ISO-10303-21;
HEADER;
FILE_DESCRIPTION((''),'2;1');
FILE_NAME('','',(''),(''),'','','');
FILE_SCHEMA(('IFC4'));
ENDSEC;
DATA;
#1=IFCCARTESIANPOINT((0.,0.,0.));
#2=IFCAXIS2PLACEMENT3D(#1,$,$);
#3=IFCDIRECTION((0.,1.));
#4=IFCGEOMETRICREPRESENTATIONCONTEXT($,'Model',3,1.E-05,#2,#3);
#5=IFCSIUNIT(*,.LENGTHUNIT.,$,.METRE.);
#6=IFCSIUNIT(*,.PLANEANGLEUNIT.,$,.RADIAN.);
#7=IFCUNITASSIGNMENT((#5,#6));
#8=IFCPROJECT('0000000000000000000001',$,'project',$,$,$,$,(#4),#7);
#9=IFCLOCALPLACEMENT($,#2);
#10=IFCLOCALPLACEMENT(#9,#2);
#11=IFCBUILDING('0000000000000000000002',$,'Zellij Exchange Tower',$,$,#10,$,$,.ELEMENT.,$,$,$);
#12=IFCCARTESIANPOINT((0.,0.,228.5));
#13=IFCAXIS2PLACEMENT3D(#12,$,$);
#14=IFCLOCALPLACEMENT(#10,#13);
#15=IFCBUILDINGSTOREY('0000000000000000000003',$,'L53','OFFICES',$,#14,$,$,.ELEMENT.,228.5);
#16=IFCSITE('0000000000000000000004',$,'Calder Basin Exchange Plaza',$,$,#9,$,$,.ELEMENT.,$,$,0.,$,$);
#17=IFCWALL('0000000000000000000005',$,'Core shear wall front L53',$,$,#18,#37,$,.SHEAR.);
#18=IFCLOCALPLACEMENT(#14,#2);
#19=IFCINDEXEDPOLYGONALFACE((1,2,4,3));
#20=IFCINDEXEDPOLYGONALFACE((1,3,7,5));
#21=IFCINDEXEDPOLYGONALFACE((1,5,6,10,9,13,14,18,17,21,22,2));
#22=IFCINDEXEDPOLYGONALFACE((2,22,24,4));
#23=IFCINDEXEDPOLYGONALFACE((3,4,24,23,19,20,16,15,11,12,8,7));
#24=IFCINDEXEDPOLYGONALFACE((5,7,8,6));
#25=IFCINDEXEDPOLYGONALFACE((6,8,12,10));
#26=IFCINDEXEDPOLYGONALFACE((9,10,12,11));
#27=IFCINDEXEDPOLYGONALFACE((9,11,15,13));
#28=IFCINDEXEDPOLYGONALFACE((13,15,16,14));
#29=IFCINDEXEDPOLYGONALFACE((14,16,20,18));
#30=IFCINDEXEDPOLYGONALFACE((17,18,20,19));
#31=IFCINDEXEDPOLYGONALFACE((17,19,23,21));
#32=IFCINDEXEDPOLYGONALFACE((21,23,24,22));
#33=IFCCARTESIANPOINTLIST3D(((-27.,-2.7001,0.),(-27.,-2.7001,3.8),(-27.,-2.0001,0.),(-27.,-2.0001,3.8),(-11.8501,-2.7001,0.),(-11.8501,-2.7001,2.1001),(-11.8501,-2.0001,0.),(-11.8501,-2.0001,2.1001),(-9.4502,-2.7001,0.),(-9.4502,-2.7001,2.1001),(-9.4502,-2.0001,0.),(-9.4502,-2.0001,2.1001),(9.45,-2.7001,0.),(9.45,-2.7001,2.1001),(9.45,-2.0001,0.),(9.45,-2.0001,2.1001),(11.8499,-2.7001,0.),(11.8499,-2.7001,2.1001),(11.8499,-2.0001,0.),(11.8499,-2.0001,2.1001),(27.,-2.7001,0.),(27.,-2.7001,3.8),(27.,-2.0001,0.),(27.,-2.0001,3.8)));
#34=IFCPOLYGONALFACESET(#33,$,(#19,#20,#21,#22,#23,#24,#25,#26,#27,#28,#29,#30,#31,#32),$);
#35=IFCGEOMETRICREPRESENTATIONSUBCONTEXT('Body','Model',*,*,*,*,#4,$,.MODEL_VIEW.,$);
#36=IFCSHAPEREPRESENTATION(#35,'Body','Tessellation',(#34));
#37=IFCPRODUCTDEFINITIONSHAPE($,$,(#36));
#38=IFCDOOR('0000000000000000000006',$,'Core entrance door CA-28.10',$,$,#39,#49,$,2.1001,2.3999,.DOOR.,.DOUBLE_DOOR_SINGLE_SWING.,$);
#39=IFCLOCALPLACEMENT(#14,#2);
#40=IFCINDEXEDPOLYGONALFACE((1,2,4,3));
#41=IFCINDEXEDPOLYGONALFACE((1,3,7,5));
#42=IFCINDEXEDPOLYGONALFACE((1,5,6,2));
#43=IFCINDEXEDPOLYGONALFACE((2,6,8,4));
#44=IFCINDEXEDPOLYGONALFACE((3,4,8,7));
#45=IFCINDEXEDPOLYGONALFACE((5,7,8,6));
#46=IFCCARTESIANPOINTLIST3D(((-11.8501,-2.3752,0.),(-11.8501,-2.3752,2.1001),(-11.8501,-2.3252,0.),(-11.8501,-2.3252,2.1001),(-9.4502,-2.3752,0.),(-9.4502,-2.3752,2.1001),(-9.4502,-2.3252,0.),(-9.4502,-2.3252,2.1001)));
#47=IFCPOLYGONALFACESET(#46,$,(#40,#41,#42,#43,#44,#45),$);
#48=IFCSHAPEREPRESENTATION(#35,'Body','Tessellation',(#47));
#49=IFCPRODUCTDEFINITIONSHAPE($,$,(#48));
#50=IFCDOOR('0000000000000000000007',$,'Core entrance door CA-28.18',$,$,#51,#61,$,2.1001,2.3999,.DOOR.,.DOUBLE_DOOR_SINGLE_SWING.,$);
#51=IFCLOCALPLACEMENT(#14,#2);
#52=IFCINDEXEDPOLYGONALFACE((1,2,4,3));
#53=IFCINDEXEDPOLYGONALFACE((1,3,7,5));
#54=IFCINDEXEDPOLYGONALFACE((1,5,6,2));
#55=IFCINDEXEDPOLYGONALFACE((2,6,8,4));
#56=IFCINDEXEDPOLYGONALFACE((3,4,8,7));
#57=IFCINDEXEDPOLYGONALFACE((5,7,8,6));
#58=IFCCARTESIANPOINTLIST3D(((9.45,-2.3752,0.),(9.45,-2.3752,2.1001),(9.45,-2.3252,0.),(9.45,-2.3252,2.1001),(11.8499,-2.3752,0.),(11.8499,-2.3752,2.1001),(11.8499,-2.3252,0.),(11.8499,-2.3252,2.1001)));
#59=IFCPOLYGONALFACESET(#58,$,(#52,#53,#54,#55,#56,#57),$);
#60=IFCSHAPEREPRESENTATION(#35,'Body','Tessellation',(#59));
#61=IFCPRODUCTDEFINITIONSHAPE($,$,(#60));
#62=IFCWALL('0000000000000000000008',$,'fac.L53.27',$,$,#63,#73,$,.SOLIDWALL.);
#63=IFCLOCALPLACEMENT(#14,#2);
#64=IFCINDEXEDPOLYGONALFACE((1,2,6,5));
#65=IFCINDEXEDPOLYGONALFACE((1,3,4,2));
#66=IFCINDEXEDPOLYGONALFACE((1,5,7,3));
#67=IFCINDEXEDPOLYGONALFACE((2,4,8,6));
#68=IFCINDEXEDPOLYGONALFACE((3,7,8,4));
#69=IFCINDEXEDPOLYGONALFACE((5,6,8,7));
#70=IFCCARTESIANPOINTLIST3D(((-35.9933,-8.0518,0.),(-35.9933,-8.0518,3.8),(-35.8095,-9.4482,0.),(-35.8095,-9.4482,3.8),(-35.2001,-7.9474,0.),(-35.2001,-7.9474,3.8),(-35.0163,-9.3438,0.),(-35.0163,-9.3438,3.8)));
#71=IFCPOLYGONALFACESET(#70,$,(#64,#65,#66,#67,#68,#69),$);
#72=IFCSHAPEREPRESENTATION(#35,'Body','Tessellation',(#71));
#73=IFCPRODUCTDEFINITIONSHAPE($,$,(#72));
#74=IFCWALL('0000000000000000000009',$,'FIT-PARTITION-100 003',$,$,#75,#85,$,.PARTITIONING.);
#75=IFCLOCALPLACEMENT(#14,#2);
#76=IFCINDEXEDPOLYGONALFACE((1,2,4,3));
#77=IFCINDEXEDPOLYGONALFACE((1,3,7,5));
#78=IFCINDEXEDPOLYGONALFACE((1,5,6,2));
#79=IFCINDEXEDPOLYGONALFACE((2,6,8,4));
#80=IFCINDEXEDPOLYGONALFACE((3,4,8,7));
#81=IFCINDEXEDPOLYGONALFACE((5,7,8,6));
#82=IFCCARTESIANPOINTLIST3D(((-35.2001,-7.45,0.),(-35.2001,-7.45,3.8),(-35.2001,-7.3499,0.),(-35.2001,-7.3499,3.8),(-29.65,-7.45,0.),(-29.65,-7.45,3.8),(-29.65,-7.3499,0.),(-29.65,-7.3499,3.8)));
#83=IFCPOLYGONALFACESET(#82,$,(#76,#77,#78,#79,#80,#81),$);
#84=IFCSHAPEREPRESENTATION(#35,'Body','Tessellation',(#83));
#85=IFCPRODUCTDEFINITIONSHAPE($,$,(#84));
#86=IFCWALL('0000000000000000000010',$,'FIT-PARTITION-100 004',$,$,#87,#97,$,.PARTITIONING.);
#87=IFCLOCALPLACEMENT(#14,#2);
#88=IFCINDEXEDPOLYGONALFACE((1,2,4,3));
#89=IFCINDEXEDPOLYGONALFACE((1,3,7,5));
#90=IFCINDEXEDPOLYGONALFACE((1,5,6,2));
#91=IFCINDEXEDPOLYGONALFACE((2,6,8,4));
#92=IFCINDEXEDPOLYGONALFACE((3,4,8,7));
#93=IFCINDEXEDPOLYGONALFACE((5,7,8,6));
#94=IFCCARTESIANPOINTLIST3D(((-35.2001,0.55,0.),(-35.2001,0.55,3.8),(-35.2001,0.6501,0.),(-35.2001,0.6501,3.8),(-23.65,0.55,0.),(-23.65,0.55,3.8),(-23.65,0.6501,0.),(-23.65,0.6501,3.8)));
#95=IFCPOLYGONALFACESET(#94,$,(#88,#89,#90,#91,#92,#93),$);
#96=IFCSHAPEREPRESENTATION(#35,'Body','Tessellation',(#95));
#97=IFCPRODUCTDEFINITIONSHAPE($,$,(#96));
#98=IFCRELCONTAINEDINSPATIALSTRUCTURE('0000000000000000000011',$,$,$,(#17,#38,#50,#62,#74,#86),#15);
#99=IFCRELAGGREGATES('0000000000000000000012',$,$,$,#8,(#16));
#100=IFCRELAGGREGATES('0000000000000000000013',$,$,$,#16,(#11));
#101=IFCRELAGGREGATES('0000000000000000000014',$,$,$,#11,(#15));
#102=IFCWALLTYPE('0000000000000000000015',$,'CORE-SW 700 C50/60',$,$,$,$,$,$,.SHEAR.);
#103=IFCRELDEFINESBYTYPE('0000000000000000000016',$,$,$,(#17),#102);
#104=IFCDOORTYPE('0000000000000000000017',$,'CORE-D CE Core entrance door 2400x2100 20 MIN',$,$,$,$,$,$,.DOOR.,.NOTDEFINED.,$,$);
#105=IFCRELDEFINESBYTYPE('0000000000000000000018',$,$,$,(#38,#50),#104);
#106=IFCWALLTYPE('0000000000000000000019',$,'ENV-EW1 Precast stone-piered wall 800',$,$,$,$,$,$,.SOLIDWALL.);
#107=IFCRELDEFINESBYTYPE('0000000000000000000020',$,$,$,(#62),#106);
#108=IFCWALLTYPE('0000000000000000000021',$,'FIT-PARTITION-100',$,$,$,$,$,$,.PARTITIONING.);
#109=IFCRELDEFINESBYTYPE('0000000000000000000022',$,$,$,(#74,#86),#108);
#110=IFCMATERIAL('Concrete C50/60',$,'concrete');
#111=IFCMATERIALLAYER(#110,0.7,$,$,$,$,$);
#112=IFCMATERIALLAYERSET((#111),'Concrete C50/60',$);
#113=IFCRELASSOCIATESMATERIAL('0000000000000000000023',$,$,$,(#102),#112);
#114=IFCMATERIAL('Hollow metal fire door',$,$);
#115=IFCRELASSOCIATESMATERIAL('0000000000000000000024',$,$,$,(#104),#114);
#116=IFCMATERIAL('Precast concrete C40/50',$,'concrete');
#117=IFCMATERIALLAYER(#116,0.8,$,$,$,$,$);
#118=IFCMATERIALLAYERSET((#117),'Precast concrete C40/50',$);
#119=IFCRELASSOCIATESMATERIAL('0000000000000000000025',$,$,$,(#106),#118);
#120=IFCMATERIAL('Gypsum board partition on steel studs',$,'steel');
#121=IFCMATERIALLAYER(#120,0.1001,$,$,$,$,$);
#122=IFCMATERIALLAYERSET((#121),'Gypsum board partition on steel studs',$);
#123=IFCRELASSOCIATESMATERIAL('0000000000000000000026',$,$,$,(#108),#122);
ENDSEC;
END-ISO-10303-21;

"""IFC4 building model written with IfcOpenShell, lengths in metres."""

from ifc_helpers import new_model, si_unit, direction, frame, frame_2d, origin, place, context, subcontext, project, spatial, rectangle, extrude, material, layer, layer_set, type_object, element, fill, save


model = new_model("IFC4")

# Units and contexts
model_context = context("Model", 3, precision=1e-05, world=origin(), true_north=direction((0.0, 1.0)))
body_context = subcontext(model_context, "Body", "Model", "MODEL_VIEW")
ifc_project = project(units=[si_unit("LENGTHUNIT", "METRE"), si_unit("PLANEANGLEUNIT", "RADIAN")], contexts=[model_context])

# Site, building, storey
site_placement = place(None, origin())
site = spatial("IfcSite", under=ifc_project, at=site_placement, Name="Calder Basin Exchange Plaza", CompositionType="ELEMENT", RefElevation=0.0)
building_placement = place(site_placement, origin())
building = spatial("IfcBuilding", under=site, at=building_placement, Name="Zellij Exchange Tower", CompositionType="ELEMENT")
storey_placement = place(building_placement, frame((0.0, 0.0, 228.5)))
storey = spatial("IfcBuildingStorey", under=building, at=storey_placement, Name="L53", Description="OFFICES", CompositionType="ELEMENT", Elevation=228.5)

# Shared definitions
ifc_material_1 = material(Name="Concrete C50/60", Category="concrete")

# Wall, openings, doors
ifc_layer_1 = layer(ifc_material_1, 0.7)
ifc_layer_set_1 = layer_set([ifc_layer_1], Name="Concrete C50/60")
wall_type_1 = type_object("IfcWallType", Name="CORE-SW 700 C50/60", PredefinedType="SHEAR", material=ifc_layer_set_1)
wall_1_placement = place(storey_placement, frame((-27.0, -2.3501, 0.0), z_axis=(0.0, 0.0, 1.0), x_axis=(1.0, 0.0, 0.0)))
wall_1 = element("IfcWall", 1, at=wall_1_placement, inside=storey, type_object=wall_type_1, Name="Core shear wall front L53", PredefinedType="SHEAR", context=body_context, shape_type="SweptSolid", body=[
    extrude(rectangle(XDim=54.0, YDim=0.7, at=frame_2d((27.0, 0.0))), origin(), (0.0, 0.0, 1.0), 3.8),
])
opening_1_placement = place(wall_1_placement, frame((15.1499, 0.0, 0.0)))
opening_1 = element("IfcOpeningElement", 2, at=opening_1_placement, cuts=wall_1, PredefinedType="OPENING", context=body_context, shape_type="SweptSolid", body=[
    extrude(rectangle(XDim=2.3999, YDim=2.1001, at=frame_2d((1.2, 1.05))), frame((0.0, 0.3618, 0.0), z_axis=(0.0, -1.0, 0.0), x_axis=(1.0, 0.0, 0.0)), (0.0, 0.0, 1.0), 0.7239),
])
opening_2_placement = place(wall_1_placement, frame((36.45, 0.0, 0.0)))
opening_2 = element("IfcOpeningElement", 3, at=opening_2_placement, cuts=wall_1, PredefinedType="OPENING", context=body_context, shape_type="SweptSolid", body=[
    extrude(rectangle(XDim=2.3999, YDim=2.1001, at=frame_2d((1.2, 1.05))), frame((0.0, 0.3618, 0.0), z_axis=(0.0, -1.0, 0.0), x_axis=(1.0, 0.0, 0.0)), (0.0, 0.0, 1.0), 0.7239),
])
ifc_material_2 = material(Name="Hollow metal fire door")
door_type = type_object("IfcDoorType", Name="CORE-D CE Core entrance door 2400x2100 20 MIN", OperationType="NOTDEFINED", PredefinedType="DOOR", material=ifc_material_2)
door_1_placement = place(opening_1_placement, origin())
door_1 = element("IfcDoor", 4, at=door_1_placement, inside=storey, type_object=door_type, Name="Core entrance door CA-28.10", OperationType="DOUBLE_DOOR_SINGLE_SWING", OverallHeight=2.1001, OverallWidth=2.3999, PredefinedType="DOOR", context=body_context, shape_type="SweptSolid", body=[
    extrude(rectangle(XDim=2.3999, YDim=2.1001, at=frame_2d((1.2, 1.05))), frame((0.0, 0.0249, 0.0), z_axis=(0.0, -1.0, 0.0), x_axis=(1.0, 0.0, 0.0)), (0.0, 0.0, 1.0), 0.05),
])
fill(opening_1, door_1)
door_2_placement = place(opening_2_placement, origin())
door_2 = element("IfcDoor", 5, at=door_2_placement, inside=storey, type_object=door_type, Name="Core entrance door CA-28.18", OperationType="DOUBLE_DOOR_SINGLE_SWING", OverallHeight=2.1001, OverallWidth=2.3999, PredefinedType="DOOR", context=body_context, shape_type="SweptSolid", body=[
    extrude(rectangle(XDim=2.3999, YDim=2.1001, at=frame_2d((1.2, 1.05))), frame((0.0, 0.0249, 0.0), z_axis=(0.0, -1.0, 0.0), x_axis=(1.0, 0.0, 0.0)), (0.0, 0.0, 1.0), 0.05),
])
fill(opening_2, door_2)

# Walls
ifc_material_3 = material(Name="Precast concrete C40/50", Category="concrete")
ifc_layer_2 = layer(ifc_material_3, 0.8)
ifc_layer_set_2 = layer_set([ifc_layer_2], Name="Precast concrete C40/50")
wall_type_2 = type_object("IfcWallType", Name="ENV-EW1 Precast stone-piered wall 800", PredefinedType="SOLIDWALL", material=ifc_layer_set_2)
wall_2_placement = place(storey_placement, frame((-35.5967, -7.9998, 0.0), z_axis=(0.0, 0.0, 1.0), x_axis=(0.130517, -0.991446, 0.0)))
element("IfcWall", 6, at=wall_2_placement, inside=storey, type_object=wall_type_2, Name="fac.L53.27", PredefinedType="SOLIDWALL", context=body_context, shape_type="SweptSolid", body=[
    extrude(rectangle(XDim=1.4084, YDim=0.8, at=frame_2d((0.7041, 0.0))), origin(), (0.0, 0.0, 1.0), 3.8),
])
ifc_material_4 = material(Name="Gypsum board partition on steel studs", Category="steel")
ifc_layer_3 = layer(ifc_material_4, 0.1001)
ifc_layer_set_3 = layer_set([ifc_layer_3], Name="Gypsum board partition on steel studs")
wall_type_3 = type_object("IfcWallType", Name="FIT-PARTITION-100", PredefinedType="PARTITIONING", material=ifc_layer_set_3)
wall_3_placement = place(storey_placement, frame((-35.2, -7.3999, 0.0), z_axis=(0.0, 0.0, 1.0), x_axis=(1.0, 0.0, 0.0)))
element("IfcWall", 7, at=wall_3_placement, inside=storey, type_object=wall_type_3, Name="FIT-PARTITION-100 003", PredefinedType="PARTITIONING", context=body_context, shape_type="SweptSolid", body=[
    extrude(rectangle(XDim=5.55, YDim=0.1001, at=frame_2d((2.7749, 0.0))), origin(), (0.0, 0.0, 1.0), 3.8),
])
wall_4_placement = place(storey_placement, frame((-35.2, 0.6001, 0.0), z_axis=(0.0, 0.0, 1.0), x_axis=(1.0, 0.0, 0.0)))
element("IfcWall", 8, at=wall_4_placement, inside=storey, type_object=wall_type_3, Name="FIT-PARTITION-100 004", PredefinedType="PARTITIONING", context=body_context, shape_type="SweptSolid", body=[
    extrude(rectangle(XDim=11.55, YDim=0.1001, at=frame_2d((5.7749, 0.0))), origin(), (0.0, 0.0, 1.0), 3.8),
])

save(model, "model.ifc")
